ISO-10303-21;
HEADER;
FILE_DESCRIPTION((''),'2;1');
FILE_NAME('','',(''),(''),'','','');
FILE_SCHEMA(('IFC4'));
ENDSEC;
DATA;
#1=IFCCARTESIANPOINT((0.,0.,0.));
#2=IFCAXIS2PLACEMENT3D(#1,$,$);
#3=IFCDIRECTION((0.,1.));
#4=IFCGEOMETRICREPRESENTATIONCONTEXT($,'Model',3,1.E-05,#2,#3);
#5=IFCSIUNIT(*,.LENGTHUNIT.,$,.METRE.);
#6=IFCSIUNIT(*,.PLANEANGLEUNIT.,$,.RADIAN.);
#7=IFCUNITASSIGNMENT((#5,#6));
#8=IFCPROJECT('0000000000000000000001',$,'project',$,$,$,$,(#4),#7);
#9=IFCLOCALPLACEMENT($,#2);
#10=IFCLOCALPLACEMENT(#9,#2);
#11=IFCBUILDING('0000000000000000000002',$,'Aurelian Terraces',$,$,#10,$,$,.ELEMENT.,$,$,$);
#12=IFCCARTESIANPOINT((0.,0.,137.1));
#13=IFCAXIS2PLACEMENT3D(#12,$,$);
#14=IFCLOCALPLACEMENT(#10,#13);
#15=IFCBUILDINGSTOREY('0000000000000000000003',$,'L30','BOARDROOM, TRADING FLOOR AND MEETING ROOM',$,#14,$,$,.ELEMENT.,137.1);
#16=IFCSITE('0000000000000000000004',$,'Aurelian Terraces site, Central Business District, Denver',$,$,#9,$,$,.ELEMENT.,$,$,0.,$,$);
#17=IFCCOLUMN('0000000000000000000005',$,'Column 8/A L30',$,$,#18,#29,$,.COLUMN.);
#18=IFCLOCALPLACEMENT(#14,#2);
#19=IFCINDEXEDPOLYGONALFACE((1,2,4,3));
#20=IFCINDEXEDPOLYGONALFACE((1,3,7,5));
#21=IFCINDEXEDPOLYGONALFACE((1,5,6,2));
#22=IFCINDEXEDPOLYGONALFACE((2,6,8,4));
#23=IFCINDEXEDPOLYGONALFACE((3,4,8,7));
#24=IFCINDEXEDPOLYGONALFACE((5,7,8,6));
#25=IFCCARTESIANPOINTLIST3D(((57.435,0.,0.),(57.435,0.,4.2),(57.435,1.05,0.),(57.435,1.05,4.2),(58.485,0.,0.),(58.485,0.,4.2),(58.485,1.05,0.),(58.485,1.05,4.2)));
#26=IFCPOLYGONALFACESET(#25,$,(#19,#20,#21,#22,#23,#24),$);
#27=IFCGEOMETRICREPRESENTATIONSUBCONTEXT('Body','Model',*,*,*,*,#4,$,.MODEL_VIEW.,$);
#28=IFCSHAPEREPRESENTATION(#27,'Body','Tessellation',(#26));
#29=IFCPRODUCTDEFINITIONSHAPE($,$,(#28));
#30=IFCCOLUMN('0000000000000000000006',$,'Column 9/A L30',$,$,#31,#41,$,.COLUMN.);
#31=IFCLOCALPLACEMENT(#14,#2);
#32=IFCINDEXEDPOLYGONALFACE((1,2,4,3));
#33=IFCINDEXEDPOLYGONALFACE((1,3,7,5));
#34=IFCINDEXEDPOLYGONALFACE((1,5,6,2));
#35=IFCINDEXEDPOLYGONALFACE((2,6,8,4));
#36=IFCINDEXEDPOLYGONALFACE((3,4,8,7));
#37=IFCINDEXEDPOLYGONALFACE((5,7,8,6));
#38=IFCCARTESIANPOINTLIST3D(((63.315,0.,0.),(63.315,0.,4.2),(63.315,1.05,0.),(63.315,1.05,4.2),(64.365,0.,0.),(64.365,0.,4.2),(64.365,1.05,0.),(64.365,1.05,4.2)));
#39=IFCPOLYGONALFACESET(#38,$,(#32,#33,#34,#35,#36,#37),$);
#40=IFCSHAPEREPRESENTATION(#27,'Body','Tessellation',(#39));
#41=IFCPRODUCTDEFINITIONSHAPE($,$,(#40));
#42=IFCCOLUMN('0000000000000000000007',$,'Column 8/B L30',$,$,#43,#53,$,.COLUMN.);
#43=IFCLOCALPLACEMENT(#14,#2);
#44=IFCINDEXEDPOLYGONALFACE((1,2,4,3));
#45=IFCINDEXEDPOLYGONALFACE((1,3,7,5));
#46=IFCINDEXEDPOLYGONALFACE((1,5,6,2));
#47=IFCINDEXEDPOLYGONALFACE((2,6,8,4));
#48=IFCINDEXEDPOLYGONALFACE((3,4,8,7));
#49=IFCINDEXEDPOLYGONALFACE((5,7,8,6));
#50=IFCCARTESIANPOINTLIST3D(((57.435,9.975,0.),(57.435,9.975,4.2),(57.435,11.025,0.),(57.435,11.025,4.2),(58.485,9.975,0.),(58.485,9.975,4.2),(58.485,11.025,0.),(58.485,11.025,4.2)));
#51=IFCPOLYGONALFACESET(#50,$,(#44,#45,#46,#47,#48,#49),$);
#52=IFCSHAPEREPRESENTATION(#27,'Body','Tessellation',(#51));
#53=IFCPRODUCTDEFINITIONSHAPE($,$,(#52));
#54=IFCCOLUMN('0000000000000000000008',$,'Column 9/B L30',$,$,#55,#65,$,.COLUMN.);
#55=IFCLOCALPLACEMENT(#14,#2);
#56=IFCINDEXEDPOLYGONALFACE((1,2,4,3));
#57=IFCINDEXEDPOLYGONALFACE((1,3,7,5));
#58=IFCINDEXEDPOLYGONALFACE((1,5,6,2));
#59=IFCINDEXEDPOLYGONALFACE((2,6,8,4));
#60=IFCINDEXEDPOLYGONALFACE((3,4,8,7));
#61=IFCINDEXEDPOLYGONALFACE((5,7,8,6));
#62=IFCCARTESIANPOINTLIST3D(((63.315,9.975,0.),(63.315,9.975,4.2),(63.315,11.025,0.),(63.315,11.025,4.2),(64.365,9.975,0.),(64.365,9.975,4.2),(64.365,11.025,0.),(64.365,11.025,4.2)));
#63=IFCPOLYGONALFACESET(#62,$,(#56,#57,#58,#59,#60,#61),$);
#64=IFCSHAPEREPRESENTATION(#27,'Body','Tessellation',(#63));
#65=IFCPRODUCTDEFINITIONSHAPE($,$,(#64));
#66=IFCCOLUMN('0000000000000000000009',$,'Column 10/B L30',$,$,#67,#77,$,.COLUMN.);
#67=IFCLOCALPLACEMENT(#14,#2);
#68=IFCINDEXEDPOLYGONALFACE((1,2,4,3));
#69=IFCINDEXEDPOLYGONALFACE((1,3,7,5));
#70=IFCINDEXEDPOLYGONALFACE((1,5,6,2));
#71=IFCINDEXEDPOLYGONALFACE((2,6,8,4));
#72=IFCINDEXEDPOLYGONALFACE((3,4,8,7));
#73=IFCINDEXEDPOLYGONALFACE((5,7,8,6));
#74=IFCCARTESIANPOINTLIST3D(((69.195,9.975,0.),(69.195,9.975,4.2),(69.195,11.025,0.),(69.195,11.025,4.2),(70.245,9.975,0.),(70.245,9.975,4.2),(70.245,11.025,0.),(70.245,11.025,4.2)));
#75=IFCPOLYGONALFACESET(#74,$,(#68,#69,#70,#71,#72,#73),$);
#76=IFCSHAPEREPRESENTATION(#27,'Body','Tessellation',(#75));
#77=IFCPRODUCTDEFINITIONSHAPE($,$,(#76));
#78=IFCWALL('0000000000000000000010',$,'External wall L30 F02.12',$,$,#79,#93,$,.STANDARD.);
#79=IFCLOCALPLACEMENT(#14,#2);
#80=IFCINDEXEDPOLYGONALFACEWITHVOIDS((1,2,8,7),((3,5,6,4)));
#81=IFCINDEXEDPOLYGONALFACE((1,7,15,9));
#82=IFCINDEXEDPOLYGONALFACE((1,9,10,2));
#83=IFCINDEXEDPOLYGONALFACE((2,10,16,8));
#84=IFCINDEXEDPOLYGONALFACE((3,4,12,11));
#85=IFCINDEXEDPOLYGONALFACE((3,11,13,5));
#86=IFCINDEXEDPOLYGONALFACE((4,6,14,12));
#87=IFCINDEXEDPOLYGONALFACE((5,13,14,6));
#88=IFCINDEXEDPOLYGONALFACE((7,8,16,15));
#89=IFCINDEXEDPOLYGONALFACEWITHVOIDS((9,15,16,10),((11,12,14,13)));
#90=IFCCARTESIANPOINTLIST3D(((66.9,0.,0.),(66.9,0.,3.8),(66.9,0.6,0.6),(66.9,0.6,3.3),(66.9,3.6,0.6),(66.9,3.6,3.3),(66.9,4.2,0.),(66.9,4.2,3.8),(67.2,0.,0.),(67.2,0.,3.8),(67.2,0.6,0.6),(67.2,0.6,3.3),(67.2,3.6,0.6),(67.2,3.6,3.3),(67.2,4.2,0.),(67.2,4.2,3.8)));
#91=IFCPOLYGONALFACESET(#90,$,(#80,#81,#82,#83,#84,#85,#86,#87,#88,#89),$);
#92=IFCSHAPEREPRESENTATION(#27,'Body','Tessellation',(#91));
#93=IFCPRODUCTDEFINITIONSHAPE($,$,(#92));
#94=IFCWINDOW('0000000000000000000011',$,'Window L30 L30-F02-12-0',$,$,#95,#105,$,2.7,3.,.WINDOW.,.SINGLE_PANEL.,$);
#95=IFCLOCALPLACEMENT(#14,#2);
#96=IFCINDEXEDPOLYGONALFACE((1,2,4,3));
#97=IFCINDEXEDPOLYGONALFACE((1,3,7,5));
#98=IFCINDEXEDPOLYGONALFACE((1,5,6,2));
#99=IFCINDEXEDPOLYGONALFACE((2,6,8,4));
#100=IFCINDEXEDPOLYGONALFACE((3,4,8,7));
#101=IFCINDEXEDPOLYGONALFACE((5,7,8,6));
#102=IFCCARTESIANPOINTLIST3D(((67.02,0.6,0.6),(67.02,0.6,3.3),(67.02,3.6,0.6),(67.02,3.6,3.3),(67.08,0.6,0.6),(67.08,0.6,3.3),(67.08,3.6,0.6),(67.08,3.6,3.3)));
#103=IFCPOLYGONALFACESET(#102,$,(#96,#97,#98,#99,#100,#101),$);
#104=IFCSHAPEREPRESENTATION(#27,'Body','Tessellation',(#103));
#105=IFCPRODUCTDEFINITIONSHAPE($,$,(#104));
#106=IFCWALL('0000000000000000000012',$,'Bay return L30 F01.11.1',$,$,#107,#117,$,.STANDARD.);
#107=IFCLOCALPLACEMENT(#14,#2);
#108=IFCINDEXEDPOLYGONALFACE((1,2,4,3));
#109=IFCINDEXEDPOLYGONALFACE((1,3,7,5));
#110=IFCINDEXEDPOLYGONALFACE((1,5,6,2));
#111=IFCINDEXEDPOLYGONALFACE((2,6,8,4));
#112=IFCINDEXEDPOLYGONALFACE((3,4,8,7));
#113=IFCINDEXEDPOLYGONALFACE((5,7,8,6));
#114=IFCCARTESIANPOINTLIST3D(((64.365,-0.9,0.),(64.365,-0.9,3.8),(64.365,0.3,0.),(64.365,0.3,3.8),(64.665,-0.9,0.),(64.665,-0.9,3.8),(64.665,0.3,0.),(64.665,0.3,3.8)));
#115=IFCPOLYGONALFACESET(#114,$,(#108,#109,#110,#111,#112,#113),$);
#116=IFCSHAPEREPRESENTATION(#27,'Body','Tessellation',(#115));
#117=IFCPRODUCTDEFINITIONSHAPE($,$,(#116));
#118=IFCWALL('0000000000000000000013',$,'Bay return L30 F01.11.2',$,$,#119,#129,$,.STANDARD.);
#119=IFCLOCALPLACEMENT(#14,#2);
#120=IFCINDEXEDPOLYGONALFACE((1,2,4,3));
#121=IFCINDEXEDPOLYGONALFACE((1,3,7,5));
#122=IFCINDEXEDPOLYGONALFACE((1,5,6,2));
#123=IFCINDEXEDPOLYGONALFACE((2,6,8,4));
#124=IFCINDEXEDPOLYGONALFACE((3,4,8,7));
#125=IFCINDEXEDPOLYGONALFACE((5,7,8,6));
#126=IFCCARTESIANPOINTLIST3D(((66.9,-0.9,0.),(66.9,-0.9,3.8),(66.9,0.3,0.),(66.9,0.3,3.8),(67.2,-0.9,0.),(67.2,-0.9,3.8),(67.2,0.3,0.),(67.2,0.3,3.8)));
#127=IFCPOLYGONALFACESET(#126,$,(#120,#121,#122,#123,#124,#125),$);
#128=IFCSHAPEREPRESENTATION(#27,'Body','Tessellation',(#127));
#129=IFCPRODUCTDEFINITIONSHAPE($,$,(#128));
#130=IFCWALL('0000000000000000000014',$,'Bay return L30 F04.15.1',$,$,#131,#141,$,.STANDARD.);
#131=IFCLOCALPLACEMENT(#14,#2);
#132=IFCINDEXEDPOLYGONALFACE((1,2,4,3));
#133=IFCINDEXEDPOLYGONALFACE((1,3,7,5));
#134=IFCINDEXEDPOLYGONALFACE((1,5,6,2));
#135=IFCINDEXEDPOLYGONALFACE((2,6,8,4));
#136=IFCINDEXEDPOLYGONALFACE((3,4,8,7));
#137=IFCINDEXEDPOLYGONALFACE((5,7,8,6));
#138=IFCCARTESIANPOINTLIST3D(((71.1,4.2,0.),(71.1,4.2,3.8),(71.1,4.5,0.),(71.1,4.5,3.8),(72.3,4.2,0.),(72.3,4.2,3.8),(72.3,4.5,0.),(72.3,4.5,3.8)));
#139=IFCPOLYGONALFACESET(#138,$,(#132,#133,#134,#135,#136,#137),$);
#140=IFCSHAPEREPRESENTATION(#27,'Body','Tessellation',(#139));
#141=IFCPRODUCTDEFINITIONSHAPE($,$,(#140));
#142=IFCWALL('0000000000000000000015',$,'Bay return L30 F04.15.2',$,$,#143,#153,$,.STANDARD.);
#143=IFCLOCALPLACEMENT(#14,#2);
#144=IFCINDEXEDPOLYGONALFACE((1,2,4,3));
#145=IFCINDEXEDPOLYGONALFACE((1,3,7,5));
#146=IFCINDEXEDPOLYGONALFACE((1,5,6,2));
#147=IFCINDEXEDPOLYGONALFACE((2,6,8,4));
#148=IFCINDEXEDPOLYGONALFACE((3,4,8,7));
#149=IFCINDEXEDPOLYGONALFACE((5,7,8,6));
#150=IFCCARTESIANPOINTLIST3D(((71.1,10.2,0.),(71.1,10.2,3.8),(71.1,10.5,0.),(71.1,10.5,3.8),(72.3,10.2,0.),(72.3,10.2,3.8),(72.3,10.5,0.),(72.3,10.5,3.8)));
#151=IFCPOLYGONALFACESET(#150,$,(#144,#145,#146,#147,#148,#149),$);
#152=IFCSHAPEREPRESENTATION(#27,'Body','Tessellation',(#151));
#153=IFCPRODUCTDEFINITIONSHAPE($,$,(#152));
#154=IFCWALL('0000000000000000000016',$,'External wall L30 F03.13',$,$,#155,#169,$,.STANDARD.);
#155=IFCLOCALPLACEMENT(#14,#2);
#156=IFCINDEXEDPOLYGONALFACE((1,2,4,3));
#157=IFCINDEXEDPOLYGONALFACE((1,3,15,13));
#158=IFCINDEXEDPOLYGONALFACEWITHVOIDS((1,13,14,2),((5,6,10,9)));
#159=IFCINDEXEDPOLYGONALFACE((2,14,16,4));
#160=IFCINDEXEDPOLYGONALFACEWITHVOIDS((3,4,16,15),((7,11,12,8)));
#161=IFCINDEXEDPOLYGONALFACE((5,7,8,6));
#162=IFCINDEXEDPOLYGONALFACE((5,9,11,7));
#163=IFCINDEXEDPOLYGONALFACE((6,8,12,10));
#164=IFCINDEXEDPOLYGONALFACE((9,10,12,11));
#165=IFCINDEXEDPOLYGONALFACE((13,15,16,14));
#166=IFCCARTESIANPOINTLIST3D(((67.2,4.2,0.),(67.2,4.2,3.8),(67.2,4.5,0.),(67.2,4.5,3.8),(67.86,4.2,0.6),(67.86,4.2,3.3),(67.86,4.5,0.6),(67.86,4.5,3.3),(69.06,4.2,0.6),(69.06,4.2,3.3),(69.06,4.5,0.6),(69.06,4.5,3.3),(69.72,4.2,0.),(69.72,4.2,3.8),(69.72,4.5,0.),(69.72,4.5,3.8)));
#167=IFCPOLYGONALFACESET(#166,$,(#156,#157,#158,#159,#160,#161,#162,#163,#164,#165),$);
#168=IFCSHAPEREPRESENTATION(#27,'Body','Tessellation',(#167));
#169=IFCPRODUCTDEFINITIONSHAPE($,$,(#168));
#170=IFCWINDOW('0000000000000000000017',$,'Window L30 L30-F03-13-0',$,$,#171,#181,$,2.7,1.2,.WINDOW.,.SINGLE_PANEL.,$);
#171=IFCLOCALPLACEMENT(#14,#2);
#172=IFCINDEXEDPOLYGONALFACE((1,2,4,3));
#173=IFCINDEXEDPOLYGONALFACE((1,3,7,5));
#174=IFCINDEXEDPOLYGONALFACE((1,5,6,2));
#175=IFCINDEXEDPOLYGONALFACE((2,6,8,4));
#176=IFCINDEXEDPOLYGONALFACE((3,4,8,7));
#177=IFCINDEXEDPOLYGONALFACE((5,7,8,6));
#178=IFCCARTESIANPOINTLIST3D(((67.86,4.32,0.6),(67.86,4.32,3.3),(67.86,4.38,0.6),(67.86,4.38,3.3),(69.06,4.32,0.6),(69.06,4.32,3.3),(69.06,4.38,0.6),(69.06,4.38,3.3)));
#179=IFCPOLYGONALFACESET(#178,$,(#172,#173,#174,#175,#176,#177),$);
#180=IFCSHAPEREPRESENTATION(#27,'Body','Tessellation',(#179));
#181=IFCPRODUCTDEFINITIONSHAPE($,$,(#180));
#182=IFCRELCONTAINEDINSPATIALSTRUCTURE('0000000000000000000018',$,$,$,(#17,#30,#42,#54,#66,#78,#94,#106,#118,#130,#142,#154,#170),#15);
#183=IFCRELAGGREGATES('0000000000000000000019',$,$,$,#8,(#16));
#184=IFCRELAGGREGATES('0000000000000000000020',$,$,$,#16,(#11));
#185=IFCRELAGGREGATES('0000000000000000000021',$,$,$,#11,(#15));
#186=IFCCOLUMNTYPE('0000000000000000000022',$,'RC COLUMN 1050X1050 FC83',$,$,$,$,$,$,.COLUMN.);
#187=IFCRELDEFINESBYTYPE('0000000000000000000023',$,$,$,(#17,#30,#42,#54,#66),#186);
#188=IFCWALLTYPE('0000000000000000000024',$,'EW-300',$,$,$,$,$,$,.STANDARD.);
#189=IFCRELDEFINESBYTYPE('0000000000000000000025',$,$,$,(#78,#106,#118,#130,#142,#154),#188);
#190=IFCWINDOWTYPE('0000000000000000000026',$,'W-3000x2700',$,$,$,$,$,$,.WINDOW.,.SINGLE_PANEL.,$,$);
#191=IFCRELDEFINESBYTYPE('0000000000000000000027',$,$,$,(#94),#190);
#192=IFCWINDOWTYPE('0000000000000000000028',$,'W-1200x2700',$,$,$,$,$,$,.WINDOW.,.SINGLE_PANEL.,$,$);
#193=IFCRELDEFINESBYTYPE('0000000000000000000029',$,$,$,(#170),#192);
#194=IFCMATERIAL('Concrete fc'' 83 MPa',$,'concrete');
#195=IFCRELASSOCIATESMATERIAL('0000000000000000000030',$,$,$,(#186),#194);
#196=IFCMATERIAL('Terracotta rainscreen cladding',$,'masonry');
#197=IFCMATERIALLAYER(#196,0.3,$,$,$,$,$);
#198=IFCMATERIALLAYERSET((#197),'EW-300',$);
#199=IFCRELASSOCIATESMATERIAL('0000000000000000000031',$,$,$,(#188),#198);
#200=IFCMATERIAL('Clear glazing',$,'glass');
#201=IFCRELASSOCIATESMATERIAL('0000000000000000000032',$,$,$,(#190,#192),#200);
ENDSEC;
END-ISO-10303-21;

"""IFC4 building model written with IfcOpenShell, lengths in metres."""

from ifc_helpers import new_model, si_unit, direction, frame, frame_2d, origin, origin_2d, place, context, subcontext, project, spatial, rectangle, extrude, source, transform, mapped, material, layer, layer_set, material_profile, profile_set, type_object, element, fill, save


model = new_model("IFC4")

# Units and contexts
model_context = context("Model", 3, precision=1e-05, world=origin(), true_north=direction((0.0, 1.0)))
body_context = subcontext(model_context, "Body", "Model", "MODEL_VIEW")
ifc_project = project(units=[si_unit("LENGTHUNIT", "METRE"), si_unit("PLANEANGLEUNIT", "RADIAN")], contexts=[model_context])

# Site, building, storey
site_placement = place(None, origin())
site = spatial("IfcSite", under=ifc_project, at=site_placement, Name="Aurelian Terraces site, Central Business District, Denver", CompositionType="ELEMENT", RefElevation=0.0)
building_placement = place(site_placement, origin())
building = spatial("IfcBuilding", under=site, at=building_placement, Name="Aurelian Terraces", CompositionType="ELEMENT")
storey_placement = place(building_placement, frame((0.0, 0.0, 137.1)))
storey = spatial("IfcBuildingStorey", under=building, at=storey_placement, Name="L30", Description="BOARDROOM, TRADING FLOOR AND MEETING ROOM", CompositionType="ELEMENT", Elevation=137.1)

# Columns
ifc_material_1 = material(Name="Concrete fc' 83 MPa", Category="concrete")
ifc_material_profile = material_profile(ifc_material_1, rectangle(XDim=1.05, YDim=1.05, at=origin_2d()))
ifc_profile_set = profile_set([ifc_material_profile], Name="Concrete fc' 83 MPa")
column_type = type_object("IfcColumnType", Name="RC COLUMN 1050X1050 FC83", PredefinedType="COLUMN", material=ifc_profile_set)
shared_shape_1 = source(origin(), body_context, "Body", "SweptSolid", [
    extrude(rectangle(XDim=1.05, YDim=1.05, at=origin_2d()), origin(), (0.0, 0.0, 1.0), 4.2),
])
for number, where, z_axis, x_axis, name in (
    (1, (57.96, 0.525, 0.0), (0.0, 0.0, 1.0), (1.0, 0.0, 0.0), "Column 8/A L30"),
    (2, (63.84, 0.525, 0.0), (0.0, 0.0, 1.0), (1.0, 0.0, 0.0), "Column 9/A L30"),
    (3, (57.96, 10.5, 0.0), (0.0, 0.0, 1.0), (1.0, 0.0, 0.0), "Column 8/B L30"),
    (4, (63.84, 10.5, 0.0), (0.0, 0.0, 1.0), (1.0, 0.0, 0.0), "Column 9/B L30"),
    (5, (69.72, 10.5, 0.0), (0.0, 0.0, 1.0), (1.0, 0.0, 0.0), "Column 10/B L30"),
):
    element("IfcColumn", number, at=place(storey_placement, frame(where, z_axis=z_axis, x_axis=x_axis)), inside=storey, type_object=column_type, Name=name, PredefinedType="COLUMN", context=body_context, shape_type="MappedRepresentation", body=[
        mapped(shared_shape_1, transform((0.0, 0.0, 0.0), scale=1.0)),
    ])

# Wall, opening, window
ifc_material_2 = material(Name="Terracotta rainscreen cladding", Category="masonry")
ifc_layer_1 = layer(ifc_material_2, 0.3)
ifc_layer_set_1 = layer_set([ifc_layer_1], Name="EW-300")
wall_type_1 = type_object("IfcWallType", Name="EW-300", PredefinedType="STANDARD", material=ifc_layer_set_1)
shared_shape_2 = source(origin(), body_context, "Body", "SweptSolid", [
    extrude(rectangle(XDim=4.2, YDim=0.3, at=frame_2d((2.1, 0.0))), origin(), (0.0, 0.0, 1.0), 3.8),
])
wall_1_placement = place(storey_placement, frame((67.05, 0.0, 0.0), z_axis=(0.0, 0.0, 1.0), x_axis=(0.0, 1.0, 0.0)))
wall_1 = element("IfcWall", 6, at=wall_1_placement, inside=storey, type_object=wall_type_1, Name="External wall L30 F02.12", PredefinedType="STANDARD", context=body_context, shape_type="MappedRepresentation", body=[
    mapped(shared_shape_2, transform((0.0, 0.0, 0.0), scale=1.0)),
])
shared_shape_3 = source(origin(), body_context, "Body", "SweptSolid", [
    extrude(rectangle(XDim=3.0, YDim=2.7, at=frame_2d((1.5, 1.35))), frame((0.0, 0.16, 0.0), z_axis=(0.0, -1.0, 0.0), x_axis=(1.0, 0.0, 0.0)), (0.0, 0.0, 1.0), 0.32),
])
opening_1_placement = place(wall_1_placement, frame((0.6, 0.0, 0.6)))
opening_1 = element("IfcOpeningElement", 7, at=opening_1_placement, cuts=wall_1, PredefinedType="OPENING", context=body_context, shape_type="MappedRepresentation", body=[
    mapped(shared_shape_3, transform((0.0, 0.0, 0.0), scale=1.0)),
])
ifc_material_3 = material(Name="Clear glazing", Category="glass")
window_type_1 = type_object("IfcWindowType", Name="W-3000x2700", PartitioningType="SINGLE_PANEL", PredefinedType="WINDOW", material=ifc_material_3)
shared_shape_4 = source(origin(), body_context, "Body", "SweptSolid", [
    extrude(rectangle(XDim=3.0, YDim=2.7, at=frame_2d((1.5, 1.35))), frame((0.0, 0.03, 0.0), z_axis=(0.0, -1.0, 0.0), x_axis=(1.0, 0.0, 0.0)), (0.0, 0.0, 1.0), 0.06),
])
window_1_placement = place(opening_1_placement, origin())
window_1 = element("IfcWindow", 8, at=window_1_placement, inside=storey, type_object=window_type_1, Name="Window L30 L30-F02-12-0", OverallHeight=2.7, OverallWidth=3.0, PartitioningType="SINGLE_PANEL", PredefinedType="WINDOW", context=body_context, shape_type="MappedRepresentation", body=[
    mapped(shared_shape_4, transform((0.0, 0.0, 0.0), scale=1.0)),
])
fill(opening_1, window_1)

# Walls
shared_shape_5 = source(origin(), body_context, "Body", "SweptSolid", [
    extrude(rectangle(XDim=1.2, YDim=0.3, at=frame_2d((0.6, 0.0))), origin(), (0.0, 0.0, 1.0), 3.8),
])
for number, where, z_axis, x_axis, name in (
    (9, (64.515, 0.3, 0.0), (0.0, 0.0, 1.0), (0.0, -1.0, 0.0), "Bay return L30 F01.11.1"),
    (10, (67.05, 0.3, 0.0), (0.0, 0.0, 1.0), (0.0, -1.0, 0.0), "Bay return L30 F01.11.2"),
    (11, (71.1, 4.35, 0.0), (0.0, 0.0, 1.0), (1.0, 0.0, 0.0), "Bay return L30 F04.15.1"),
    (12, (71.1, 10.35, 0.0), (0.0, 0.0, 1.0), (1.0, 0.0, 0.0), "Bay return L30 F04.15.2"),
):
    element("IfcWall", number, at=place(storey_placement, frame(where, z_axis=z_axis, x_axis=x_axis)), inside=storey, type_object=wall_type_1, Name=name, PredefinedType="STANDARD", context=body_context, shape_type="MappedRepresentation", body=[
        mapped(shared_shape_5, transform((0.0, 0.0, 0.0), scale=1.0)),
    ])

# Wall, opening, window
shared_shape_6 = source(origin(), body_context, "Body", "SweptSolid", [
    extrude(rectangle(XDim=2.52, YDim=0.3, at=frame_2d((1.26, 0.0))), origin(), (0.0, 0.0, 1.0), 3.8),
])
wall_2_placement = place(storey_placement, frame((67.2, 4.35, 0.0), z_axis=(0.0, 0.0, 1.0), x_axis=(1.0, 0.0, 0.0)))
wall_2 = element("IfcWall", 13, at=wall_2_placement, inside=storey, type_object=wall_type_1, Name="External wall L30 F03.13", PredefinedType="STANDARD", context=body_context, shape_type="MappedRepresentation", body=[
    mapped(shared_shape_6, transform((0.0, 0.0, 0.0), scale=1.0)),
])
shared_shape_7 = source(origin(), body_context, "Body", "SweptSolid", [
    extrude(rectangle(XDim=1.2, YDim=2.7, at=frame_2d((0.6, 1.35))), frame((0.0, 0.16, 0.0), z_axis=(0.0, -1.0, 0.0), x_axis=(1.0, 0.0, 0.0)), (0.0, 0.0, 1.0), 0.32),
])
opening_2_placement = place(wall_2_placement, frame((0.66, 0.0, 0.6)))
opening_2 = element("IfcOpeningElement", 14, at=opening_2_placement, cuts=wall_2, PredefinedType="OPENING", context=body_context, shape_type="MappedRepresentation", body=[
    mapped(shared_shape_7, transform((0.0, 0.0, 0.0), scale=1.0)),
])
window_type_2 = type_object("IfcWindowType", Name="W-1200x2700", PartitioningType="SINGLE_PANEL", PredefinedType="WINDOW", material=ifc_material_3)
shared_shape_8 = source(origin(), body_context, "Body", "SweptSolid", [
    extrude(rectangle(XDim=1.2, YDim=2.7, at=frame_2d((0.6, 1.35))), frame((0.0, 0.03, 0.0), z_axis=(0.0, -1.0, 0.0), x_axis=(1.0, 0.0, 0.0)), (0.0, 0.0, 1.0), 0.06),
])
window_2_placement = place(opening_2_placement, origin())
window_2 = element("IfcWindow", 15, at=window_2_placement, inside=storey, type_object=window_type_2, Name="Window L30 L30-F03-13-0", OverallHeight=2.7, OverallWidth=1.2, PartitioningType="SINGLE_PANEL", PredefinedType="WINDOW", context=body_context, shape_type="MappedRepresentation", body=[
    mapped(shared_shape_8, transform((0.0, 0.0, 0.0), scale=1.0)),
])
fill(opening_2, window_2)

save(model, "model.ifc")
